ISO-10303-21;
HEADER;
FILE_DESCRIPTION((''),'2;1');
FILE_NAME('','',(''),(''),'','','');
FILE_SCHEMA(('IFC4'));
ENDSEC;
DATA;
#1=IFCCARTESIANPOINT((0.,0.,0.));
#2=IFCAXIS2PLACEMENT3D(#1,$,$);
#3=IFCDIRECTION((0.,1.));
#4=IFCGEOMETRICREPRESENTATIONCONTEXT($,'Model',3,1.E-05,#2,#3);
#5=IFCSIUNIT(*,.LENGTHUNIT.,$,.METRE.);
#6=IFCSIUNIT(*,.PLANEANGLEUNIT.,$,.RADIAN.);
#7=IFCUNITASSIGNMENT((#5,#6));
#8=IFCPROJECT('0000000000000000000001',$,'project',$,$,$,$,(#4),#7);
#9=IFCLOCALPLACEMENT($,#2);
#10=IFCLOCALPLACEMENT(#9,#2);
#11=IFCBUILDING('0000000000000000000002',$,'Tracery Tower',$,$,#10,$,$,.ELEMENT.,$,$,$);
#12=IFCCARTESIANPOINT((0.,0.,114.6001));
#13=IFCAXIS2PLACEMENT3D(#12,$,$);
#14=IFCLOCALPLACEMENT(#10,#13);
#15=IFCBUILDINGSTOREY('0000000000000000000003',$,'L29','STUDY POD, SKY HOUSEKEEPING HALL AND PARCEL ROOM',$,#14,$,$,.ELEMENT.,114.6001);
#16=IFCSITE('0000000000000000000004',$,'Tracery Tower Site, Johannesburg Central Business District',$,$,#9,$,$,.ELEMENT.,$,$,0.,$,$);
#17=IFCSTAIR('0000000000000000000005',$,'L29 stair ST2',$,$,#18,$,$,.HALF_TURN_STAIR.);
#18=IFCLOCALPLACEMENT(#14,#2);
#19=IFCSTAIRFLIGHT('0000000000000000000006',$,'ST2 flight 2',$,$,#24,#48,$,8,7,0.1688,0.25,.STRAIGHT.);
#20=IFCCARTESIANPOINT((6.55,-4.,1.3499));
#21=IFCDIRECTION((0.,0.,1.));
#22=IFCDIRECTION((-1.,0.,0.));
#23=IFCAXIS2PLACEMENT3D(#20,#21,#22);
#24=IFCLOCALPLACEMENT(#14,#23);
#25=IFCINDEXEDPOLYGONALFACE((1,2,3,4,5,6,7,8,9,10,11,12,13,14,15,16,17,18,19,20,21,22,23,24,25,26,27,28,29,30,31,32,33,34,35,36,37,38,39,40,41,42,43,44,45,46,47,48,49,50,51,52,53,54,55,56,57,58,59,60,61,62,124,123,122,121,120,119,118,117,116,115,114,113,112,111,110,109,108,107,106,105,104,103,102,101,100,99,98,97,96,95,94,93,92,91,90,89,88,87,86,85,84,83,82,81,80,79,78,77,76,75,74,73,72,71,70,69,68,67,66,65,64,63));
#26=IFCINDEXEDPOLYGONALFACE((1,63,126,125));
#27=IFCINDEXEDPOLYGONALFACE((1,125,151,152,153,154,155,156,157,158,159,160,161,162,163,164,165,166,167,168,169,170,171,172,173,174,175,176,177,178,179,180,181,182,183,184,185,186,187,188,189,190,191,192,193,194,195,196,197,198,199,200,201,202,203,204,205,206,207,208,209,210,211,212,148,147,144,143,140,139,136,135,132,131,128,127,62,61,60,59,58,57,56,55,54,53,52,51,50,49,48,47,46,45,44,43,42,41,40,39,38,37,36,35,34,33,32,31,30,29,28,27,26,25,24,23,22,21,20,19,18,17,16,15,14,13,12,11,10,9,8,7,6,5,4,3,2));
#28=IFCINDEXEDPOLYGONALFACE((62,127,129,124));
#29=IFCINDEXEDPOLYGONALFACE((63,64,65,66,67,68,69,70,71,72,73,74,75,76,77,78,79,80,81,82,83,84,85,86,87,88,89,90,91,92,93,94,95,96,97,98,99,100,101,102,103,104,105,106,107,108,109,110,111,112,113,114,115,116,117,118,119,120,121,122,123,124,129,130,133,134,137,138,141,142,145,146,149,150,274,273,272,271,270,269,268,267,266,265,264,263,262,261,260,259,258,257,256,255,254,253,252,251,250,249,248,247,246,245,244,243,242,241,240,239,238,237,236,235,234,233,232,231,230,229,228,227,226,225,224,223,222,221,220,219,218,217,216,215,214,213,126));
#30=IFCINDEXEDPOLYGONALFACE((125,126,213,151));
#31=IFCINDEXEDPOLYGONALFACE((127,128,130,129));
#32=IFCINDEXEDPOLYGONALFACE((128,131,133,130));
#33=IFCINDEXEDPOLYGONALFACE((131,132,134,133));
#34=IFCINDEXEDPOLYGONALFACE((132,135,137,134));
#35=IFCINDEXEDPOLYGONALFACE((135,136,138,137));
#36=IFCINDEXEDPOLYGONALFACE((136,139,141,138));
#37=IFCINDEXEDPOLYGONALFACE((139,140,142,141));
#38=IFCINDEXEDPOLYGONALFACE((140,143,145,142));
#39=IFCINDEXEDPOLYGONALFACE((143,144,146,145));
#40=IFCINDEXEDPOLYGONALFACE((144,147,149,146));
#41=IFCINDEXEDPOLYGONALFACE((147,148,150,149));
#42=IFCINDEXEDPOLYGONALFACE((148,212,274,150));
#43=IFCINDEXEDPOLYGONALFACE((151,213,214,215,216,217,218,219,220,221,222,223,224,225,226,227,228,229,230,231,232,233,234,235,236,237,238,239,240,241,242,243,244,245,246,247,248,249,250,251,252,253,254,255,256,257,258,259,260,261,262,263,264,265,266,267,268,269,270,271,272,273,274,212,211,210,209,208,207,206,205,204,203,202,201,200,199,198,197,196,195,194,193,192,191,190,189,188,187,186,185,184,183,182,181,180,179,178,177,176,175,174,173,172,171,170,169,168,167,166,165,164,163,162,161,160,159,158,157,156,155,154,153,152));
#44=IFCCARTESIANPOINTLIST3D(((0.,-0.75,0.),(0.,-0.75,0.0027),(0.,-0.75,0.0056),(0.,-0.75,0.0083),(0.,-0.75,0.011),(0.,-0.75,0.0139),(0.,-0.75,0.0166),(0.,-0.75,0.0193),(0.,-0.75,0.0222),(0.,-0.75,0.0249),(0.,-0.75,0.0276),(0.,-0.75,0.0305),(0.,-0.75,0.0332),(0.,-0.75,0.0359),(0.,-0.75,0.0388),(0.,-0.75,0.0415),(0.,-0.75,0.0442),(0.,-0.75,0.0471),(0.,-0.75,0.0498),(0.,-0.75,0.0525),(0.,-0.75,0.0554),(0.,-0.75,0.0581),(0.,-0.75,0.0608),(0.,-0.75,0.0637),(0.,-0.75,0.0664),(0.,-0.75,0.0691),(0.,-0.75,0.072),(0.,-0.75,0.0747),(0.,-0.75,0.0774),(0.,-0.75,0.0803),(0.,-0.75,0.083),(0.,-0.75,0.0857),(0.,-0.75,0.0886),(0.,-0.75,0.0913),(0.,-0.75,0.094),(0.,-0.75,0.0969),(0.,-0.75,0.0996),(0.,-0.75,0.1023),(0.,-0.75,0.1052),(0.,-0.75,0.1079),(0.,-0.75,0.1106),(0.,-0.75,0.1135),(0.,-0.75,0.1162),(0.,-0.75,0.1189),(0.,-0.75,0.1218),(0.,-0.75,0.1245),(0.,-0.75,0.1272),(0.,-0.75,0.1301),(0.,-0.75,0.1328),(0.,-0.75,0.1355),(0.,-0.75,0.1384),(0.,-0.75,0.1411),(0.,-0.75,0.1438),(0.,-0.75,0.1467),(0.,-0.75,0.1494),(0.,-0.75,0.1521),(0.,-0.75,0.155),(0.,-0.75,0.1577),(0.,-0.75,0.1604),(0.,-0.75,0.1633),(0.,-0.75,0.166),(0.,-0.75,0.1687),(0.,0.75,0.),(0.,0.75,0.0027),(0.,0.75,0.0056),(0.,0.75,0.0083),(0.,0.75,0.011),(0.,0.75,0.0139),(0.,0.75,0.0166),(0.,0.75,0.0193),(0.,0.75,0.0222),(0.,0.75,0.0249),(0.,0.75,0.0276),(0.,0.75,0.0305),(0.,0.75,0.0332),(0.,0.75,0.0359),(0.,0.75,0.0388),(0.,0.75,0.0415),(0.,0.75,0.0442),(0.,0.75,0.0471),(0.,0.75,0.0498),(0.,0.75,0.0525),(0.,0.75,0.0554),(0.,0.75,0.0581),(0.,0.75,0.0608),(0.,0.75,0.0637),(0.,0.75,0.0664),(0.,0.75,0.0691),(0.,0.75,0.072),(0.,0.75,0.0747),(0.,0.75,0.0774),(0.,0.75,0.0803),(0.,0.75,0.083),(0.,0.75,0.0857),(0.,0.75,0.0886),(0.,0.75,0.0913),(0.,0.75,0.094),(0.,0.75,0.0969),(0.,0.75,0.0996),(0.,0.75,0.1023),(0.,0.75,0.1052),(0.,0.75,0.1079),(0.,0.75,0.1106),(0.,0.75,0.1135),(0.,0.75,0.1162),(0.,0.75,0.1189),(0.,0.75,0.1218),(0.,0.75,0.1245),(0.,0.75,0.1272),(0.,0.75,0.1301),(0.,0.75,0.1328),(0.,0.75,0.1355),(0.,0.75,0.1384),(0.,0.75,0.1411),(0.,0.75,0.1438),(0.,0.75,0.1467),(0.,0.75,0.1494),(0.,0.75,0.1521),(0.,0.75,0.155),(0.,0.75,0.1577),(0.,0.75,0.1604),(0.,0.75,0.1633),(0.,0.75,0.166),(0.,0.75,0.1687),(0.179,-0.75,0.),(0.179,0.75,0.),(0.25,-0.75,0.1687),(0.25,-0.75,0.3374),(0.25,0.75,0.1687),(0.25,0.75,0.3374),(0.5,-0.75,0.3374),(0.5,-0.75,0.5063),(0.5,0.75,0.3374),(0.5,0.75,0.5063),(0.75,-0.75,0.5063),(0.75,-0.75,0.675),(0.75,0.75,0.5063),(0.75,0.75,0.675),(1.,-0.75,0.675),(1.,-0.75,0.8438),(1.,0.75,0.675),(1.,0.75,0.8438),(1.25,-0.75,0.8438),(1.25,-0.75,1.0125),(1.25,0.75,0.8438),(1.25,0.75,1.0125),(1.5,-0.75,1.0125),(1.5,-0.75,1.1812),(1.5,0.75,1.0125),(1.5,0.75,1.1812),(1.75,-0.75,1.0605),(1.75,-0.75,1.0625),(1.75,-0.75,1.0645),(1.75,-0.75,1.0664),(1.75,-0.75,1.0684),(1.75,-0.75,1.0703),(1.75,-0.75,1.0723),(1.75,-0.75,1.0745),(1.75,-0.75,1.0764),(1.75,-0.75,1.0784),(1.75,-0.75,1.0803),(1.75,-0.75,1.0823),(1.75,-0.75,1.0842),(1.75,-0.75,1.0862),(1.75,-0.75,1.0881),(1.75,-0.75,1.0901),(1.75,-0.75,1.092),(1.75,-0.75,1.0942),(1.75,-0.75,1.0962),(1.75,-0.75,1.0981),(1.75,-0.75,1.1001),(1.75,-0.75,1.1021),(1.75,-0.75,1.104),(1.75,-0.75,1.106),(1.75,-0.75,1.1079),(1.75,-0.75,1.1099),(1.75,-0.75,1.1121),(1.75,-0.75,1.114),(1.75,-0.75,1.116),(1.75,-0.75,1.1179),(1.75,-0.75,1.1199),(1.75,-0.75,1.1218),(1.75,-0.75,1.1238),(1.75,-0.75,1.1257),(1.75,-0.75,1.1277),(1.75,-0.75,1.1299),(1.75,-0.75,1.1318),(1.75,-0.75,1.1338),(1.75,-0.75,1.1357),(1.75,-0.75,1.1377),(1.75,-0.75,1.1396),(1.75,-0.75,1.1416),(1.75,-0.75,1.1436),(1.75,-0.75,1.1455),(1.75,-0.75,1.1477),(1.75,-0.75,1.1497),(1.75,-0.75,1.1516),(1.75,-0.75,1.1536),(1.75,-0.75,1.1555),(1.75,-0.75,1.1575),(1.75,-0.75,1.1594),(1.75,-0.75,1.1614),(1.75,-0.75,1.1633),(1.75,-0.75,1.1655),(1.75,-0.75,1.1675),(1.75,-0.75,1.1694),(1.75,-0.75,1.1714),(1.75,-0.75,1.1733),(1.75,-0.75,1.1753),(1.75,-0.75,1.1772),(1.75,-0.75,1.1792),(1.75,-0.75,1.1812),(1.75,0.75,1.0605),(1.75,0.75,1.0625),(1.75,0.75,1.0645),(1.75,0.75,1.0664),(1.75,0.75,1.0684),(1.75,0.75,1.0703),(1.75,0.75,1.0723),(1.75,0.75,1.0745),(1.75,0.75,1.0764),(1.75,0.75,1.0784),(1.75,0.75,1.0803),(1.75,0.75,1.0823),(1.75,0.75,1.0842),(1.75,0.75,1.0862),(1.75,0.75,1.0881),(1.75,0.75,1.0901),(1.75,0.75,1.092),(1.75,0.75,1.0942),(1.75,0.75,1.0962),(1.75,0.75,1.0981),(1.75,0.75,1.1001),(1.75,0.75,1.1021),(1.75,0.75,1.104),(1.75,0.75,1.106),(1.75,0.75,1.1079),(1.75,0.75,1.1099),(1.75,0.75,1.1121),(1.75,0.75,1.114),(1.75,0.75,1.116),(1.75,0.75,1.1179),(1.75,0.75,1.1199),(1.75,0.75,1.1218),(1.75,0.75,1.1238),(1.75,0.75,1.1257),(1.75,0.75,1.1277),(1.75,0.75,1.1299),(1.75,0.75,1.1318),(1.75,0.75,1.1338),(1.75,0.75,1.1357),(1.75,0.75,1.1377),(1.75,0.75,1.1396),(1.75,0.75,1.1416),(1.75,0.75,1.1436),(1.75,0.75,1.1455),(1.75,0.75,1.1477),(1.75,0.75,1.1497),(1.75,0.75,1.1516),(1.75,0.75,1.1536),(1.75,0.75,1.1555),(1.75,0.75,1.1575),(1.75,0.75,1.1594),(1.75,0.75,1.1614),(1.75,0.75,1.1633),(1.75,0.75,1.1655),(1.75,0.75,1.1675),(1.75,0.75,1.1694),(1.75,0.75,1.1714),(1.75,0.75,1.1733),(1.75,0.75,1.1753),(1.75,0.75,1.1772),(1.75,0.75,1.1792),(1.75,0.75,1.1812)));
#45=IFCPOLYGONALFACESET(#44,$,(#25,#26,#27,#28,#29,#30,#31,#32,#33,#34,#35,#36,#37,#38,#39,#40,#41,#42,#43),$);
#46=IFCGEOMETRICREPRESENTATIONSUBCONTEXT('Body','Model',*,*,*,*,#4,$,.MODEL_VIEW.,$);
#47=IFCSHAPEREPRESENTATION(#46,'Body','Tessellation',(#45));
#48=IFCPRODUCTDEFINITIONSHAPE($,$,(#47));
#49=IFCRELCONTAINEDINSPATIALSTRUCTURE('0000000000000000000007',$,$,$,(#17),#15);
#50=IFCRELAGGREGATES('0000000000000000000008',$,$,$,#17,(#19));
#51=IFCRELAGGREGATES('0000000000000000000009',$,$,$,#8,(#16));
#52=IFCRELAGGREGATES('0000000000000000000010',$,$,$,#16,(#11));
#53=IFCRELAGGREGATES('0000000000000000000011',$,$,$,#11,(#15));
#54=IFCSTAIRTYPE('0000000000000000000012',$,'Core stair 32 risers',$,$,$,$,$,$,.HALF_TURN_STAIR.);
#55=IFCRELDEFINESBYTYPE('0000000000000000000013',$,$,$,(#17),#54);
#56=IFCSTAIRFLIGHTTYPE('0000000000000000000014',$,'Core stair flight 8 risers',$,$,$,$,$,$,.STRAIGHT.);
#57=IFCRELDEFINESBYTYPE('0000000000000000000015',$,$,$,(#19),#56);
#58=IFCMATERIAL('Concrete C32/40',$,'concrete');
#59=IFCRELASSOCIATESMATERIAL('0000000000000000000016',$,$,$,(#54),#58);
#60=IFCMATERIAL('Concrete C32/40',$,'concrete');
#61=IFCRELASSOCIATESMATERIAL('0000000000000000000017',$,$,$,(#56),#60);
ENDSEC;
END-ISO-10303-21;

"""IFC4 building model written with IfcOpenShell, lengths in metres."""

from ifc_helpers import new_model, si_unit, direction, frame, origin, place, context, subcontext, project, spatial, polyline, outline, extrude, material, type_object, element, aggregate, save


model = new_model("IFC4")

# Units and contexts
model_context = context("Model", 3, precision=1e-05, world=origin(), true_north=direction((0.0, 1.0)))
body_context = subcontext(model_context, "Body", "Model", "MODEL_VIEW")
ifc_project = project(units=[si_unit("LENGTHUNIT", "METRE"), si_unit("PLANEANGLEUNIT", "RADIAN")], contexts=[model_context])

# Site, building, storey
site_placement = place(None, origin())
site = spatial("IfcSite", under=ifc_project, at=site_placement, Name="Tracery Tower Site, Johannesburg Central Business District", CompositionType="ELEMENT", RefElevation=0.0)
building_placement = place(site_placement, origin())
building = spatial("IfcBuilding", under=site, at=building_placement, Name="Tracery Tower", CompositionType="ELEMENT")
storey_placement = place(building_placement, frame((0.0, 0.0, 114.6001)))
storey = spatial("IfcBuildingStorey", under=building, at=storey_placement, Name="L29", Description="STUDY POD, SKY HOUSEKEEPING HALL AND PARCEL ROOM", CompositionType="ELEMENT", Elevation=114.6001)

# Shared definitions
ifc_material_1 = material(Name="Concrete C32/40", Category="concrete")
stair_type = type_object("IfcStairType", Name="Core stair 32 risers", PredefinedType="HALF_TURN_STAIR", material=ifc_material_1)

# Stair, stair flight
stair_1_placement = place(storey_placement, origin())
stair_1 = element("IfcStair", 1, at=stair_1_placement, inside=storey, type_object=stair_type, Name="L29 stair ST2", PredefinedType="HALF_TURN_STAIR")
ifc_material_2 = material(Name="Concrete C32/40", Category="concrete")
stair_flight_type = type_object("IfcStairFlightType", Name="Core stair flight 8 risers", PredefinedType="STRAIGHT", material=ifc_material_2)
stair_flight_1_placement = place(storey_placement, frame((6.55, -4.0, 1.3499), z_axis=(0.0, 0.0, 1.0), x_axis=(-1.0, 0.0, 0.0)))
stair_flight_1 = element("IfcStairFlight", 2, at=stair_flight_1_placement, type_object=stair_flight_type, Name="ST2 flight 2", NumberOfRisers=8, NumberOfTreads=7, PredefinedType="STRAIGHT", RiserHeight=0.1688, TreadLength=0.25, context=body_context, shape_type="SweptSolid", body=[
    extrude(outline(polyline([(0.0, 0.0), (0.0, 0.0027), (0.0, 0.0056), (0.0, 0.0083), (0.0, 0.011), (0.0, 0.0139), (0.0, 0.0166), (0.0, 0.0193), (0.0, 0.0222), (0.0, 0.0249), (0.0, 0.0276), (0.0, 0.0305), (0.0, 0.0332), (0.0, 0.0359), (0.0, 0.0388), (0.0, 0.0415), (0.0, 0.0442), (0.0, 0.0471), (0.0, 0.0498), (0.0, 0.0525), (0.0, 0.0554), (0.0, 0.0581), (0.0, 0.0608), (0.0, 0.0637), (0.0, 0.0664), (0.0, 0.0691), (0.0, 0.072), (0.0, 0.0747), (0.0, 0.0774), (0.0, 0.0803), (0.0, 0.083), (0.0, 0.0857), (0.0, 0.0886), (0.0, 0.0913), (0.0, 0.094), (0.0, 0.0969), (0.0, 0.0996), (0.0, 0.1023), (0.0, 0.1052), (0.0, 0.1079), (0.0, 0.1106), (0.0, 0.1135), (0.0, 0.1162), (0.0, 0.1189), (0.0, 0.1218), (0.0, 0.1245), (0.0, 0.1272), (0.0, 0.1301), (0.0, 0.1328), (0.0, 0.1355), (0.0, 0.1384), (0.0, 0.1411), (0.0, 0.1438), (0.0, 0.1467), (0.0, 0.1494), (0.0, 0.1521), (0.0, 0.155), (0.0, 0.1577), (0.0, 0.1604), (0.0, 0.1633), (0.0, 0.166), (0.0, 0.1687), (0.25, 0.1687), (0.25, 0.3374), (0.5, 0.3374), (0.5, 0.5063), (0.75, 0.5063), (0.75, 0.675), (1.0, 0.675), (1.0, 0.8438), (1.25, 0.8438), (1.25, 1.0125), (1.5, 1.0125), (1.5, 1.1812), (1.75, 1.1812), (1.75, 1.1792), (1.75, 1.1772), (1.75, 1.1753), (1.75, 1.1733), (1.75, 1.1714), (1.75, 1.1694), (1.75, 1.1675), (1.75, 1.1655), (1.75, 1.1633), (1.75, 1.1614), (1.75, 1.1594), (1.75, 1.1575), (1.75, 1.1555), (1.75, 1.1536), (1.75, 1.1516), (1.75, 1.1497), (1.75, 1.1477), (1.75, 1.1455), (1.75, 1.1436), (1.75, 1.1416), (1.75, 1.1396), (1.75, 1.1377), (1.75, 1.1357), (1.75, 1.1338), (1.75, 1.1318), (1.75, 1.1299), (1.75, 1.1277), (1.75, 1.1257), (1.75, 1.1238), (1.75, 1.1218), (1.75, 1.1199), (1.75, 1.1179), (1.75, 1.116), (1.75, 1.114), (1.75, 1.1121), (1.75, 1.1099), (1.75, 1.1079), (1.75, 1.106), (1.75, 1.104), (1.75, 1.1021), (1.75, 1.1001), (1.75, 1.0981), (1.75, 1.0962), (1.75, 1.0942), (1.75, 1.092), (1.75, 1.0901), (1.75, 1.0881), (1.75, 1.0862), (1.75, 1.0842), (1.75, 1.0823), (1.75, 1.0803), (1.75, 1.0784), (1.75, 1.0764), (1.75, 1.0745), (1.75, 1.0723), (1.75, 1.0703), (1.75, 1.0684), (1.75, 1.0664), (1.75, 1.0645), (1.75, 1.0625), (1.75, 1.0605), (0.179, 0.0), (0.0, 0.0)])), frame((0.0, 0.75, 0.0), z_axis=(0.0, -1.0, 0.0), x_axis=(1.0, 0.0, 0.0)), (0.0, 0.0, 1.0), 1.5),
])
aggregate(stair_1, [stair_flight_1])

save(model, "model.ifc")
